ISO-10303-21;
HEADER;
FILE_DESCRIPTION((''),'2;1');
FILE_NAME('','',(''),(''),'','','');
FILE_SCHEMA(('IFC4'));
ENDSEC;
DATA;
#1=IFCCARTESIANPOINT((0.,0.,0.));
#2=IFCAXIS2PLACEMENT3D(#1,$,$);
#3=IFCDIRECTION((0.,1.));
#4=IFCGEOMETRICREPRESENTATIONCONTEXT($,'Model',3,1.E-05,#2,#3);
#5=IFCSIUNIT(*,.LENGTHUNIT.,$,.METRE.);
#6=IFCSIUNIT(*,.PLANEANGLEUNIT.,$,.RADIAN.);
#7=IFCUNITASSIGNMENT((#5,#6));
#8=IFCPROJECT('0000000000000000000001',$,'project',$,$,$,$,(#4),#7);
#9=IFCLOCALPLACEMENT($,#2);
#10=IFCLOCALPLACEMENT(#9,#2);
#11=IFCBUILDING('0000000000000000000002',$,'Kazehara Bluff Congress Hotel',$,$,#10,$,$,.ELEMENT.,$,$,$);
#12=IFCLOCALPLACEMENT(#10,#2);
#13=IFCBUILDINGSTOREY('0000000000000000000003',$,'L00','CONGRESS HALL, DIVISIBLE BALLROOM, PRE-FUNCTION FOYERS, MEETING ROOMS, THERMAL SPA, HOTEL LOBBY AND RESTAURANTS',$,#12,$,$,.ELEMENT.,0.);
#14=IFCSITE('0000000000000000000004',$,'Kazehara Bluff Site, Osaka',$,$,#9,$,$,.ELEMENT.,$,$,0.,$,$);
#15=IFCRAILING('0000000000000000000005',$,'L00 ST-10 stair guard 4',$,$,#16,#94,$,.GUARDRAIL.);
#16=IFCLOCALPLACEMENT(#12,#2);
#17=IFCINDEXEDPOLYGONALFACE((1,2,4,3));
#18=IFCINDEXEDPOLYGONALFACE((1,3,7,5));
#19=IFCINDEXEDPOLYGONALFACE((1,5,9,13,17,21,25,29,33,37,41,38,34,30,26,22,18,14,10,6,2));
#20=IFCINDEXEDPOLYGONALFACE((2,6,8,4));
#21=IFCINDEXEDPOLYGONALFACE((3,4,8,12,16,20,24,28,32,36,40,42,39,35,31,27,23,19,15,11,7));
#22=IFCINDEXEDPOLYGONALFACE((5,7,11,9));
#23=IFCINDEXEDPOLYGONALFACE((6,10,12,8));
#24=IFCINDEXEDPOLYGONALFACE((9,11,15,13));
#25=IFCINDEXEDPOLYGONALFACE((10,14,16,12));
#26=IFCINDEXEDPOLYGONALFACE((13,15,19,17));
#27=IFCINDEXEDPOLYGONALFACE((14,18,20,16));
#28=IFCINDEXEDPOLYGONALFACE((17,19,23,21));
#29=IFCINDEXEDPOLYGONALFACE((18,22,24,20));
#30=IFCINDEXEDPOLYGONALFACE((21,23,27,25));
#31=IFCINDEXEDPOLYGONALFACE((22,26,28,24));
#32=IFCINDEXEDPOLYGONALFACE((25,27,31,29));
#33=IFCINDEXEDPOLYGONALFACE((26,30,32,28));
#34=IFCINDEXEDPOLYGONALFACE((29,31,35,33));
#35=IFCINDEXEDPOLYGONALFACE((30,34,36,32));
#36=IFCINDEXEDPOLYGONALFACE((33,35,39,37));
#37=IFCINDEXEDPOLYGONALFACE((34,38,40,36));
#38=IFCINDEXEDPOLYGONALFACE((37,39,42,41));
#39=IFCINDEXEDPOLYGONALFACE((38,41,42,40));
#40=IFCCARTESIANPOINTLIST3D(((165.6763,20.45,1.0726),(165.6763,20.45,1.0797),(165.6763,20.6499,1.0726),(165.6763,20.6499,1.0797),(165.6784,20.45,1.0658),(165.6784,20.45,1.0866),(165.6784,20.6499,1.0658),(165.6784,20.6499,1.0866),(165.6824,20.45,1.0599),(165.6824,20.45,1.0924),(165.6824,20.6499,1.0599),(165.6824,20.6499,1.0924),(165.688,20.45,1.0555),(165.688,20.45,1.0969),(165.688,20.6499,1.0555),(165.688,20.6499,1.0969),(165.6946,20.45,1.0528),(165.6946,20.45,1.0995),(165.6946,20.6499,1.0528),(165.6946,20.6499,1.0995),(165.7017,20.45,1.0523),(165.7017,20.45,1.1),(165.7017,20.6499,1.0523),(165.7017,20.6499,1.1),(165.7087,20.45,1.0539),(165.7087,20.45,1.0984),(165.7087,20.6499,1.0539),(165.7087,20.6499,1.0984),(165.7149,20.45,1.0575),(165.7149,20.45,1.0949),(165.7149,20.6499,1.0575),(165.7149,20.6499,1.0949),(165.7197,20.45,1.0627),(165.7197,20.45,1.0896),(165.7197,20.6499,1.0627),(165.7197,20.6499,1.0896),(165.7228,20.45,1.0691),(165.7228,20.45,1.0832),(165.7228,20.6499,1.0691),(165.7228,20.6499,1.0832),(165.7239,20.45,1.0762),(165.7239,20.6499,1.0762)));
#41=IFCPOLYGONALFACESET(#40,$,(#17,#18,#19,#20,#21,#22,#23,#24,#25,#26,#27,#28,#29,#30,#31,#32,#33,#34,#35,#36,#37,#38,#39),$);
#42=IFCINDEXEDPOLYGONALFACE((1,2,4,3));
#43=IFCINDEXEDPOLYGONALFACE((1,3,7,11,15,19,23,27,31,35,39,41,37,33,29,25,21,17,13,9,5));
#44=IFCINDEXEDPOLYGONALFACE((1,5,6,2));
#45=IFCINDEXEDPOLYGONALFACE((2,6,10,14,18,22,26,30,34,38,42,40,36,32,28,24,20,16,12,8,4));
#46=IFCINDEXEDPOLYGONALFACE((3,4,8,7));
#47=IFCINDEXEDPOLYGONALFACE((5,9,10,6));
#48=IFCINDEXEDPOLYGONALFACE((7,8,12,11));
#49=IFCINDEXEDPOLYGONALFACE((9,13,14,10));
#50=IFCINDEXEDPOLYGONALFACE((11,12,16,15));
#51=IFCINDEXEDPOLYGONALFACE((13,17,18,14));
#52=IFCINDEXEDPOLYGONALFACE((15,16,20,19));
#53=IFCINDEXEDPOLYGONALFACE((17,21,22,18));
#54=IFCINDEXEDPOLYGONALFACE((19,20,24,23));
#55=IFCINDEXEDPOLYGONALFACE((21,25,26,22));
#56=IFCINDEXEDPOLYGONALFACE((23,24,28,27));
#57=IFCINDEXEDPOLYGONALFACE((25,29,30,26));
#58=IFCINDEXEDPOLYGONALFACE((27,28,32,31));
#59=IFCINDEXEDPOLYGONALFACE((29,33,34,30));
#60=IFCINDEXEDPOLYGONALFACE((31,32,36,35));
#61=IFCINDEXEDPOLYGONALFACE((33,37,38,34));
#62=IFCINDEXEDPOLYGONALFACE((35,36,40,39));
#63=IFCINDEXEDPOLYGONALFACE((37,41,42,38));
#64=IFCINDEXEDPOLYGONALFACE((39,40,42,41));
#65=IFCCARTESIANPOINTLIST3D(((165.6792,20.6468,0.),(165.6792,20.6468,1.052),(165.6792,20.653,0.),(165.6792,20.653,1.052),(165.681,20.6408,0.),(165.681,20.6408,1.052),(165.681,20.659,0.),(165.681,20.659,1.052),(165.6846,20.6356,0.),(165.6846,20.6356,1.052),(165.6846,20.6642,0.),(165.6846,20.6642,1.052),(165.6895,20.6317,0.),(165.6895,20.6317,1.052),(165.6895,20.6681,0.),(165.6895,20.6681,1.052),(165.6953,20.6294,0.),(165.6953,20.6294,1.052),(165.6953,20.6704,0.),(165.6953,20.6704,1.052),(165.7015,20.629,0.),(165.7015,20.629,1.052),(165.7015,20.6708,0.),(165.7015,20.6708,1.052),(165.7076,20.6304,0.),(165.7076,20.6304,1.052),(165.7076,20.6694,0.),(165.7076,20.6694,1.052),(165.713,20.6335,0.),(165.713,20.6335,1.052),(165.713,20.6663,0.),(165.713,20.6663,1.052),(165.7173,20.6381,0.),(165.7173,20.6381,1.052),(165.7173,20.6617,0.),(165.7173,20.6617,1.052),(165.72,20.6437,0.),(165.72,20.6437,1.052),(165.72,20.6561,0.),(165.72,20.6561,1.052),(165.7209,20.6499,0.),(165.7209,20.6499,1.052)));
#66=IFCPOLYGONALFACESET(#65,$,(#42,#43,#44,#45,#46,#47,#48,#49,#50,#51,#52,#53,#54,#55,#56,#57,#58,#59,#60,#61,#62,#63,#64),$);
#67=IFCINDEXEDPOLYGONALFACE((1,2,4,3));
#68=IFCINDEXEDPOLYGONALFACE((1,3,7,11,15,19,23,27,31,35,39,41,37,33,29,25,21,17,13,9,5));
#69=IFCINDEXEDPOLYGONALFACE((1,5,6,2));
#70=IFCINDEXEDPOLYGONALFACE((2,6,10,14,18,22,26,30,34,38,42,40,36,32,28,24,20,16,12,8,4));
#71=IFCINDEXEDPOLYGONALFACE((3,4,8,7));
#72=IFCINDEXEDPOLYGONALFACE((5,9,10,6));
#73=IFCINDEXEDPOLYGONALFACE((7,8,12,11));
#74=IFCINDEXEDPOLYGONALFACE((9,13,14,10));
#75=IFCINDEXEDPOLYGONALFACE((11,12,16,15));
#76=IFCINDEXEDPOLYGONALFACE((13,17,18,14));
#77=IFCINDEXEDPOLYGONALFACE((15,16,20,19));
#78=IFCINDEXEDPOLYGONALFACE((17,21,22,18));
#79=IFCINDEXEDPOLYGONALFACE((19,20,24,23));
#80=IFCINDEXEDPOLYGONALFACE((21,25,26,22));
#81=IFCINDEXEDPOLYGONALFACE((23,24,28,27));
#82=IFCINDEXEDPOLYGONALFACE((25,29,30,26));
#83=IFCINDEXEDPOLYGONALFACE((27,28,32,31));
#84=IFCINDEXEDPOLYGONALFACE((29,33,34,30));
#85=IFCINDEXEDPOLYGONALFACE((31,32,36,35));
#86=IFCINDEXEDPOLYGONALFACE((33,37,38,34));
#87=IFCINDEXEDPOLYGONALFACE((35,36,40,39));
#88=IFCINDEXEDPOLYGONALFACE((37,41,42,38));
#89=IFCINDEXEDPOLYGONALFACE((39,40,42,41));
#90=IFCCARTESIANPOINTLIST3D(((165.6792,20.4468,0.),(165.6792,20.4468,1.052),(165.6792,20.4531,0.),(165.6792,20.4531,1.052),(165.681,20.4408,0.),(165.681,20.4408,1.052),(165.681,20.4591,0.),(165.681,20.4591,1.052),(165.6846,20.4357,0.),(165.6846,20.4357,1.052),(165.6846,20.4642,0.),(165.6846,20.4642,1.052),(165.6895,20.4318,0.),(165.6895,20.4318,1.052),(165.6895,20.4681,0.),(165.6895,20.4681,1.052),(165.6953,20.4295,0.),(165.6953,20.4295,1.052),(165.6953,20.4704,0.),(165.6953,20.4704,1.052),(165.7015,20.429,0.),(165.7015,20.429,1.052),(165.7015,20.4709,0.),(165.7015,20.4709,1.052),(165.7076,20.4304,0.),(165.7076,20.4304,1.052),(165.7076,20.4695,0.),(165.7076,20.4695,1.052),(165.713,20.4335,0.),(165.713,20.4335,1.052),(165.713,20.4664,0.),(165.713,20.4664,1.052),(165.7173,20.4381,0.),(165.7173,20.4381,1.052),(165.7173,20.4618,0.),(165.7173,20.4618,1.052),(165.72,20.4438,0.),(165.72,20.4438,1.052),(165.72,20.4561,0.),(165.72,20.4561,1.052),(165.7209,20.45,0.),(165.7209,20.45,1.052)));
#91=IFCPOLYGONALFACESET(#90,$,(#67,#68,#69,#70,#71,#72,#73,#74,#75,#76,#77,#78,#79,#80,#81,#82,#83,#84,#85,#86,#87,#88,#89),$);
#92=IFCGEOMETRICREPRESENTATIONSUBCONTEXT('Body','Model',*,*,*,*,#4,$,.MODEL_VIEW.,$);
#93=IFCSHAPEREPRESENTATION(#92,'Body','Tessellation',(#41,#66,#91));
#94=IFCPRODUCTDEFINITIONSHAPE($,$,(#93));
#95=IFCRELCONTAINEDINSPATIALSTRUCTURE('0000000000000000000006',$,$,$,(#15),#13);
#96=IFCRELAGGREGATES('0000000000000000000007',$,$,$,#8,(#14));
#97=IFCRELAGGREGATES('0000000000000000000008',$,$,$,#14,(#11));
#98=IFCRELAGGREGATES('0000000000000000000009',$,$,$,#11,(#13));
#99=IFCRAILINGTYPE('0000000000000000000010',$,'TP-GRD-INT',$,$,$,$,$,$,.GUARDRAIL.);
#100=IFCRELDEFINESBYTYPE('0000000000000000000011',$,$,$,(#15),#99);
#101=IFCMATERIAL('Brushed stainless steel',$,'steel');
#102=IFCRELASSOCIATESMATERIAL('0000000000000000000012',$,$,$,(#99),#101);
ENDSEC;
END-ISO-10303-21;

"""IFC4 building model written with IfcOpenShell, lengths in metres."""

from ifc_helpers import new_model, si_unit, direction, frame, origin, origin_2d, place, context, subcontext, project, spatial, circle, extrude, material, type_object, element, save


model = new_model("IFC4")

# Units and contexts
model_context = context("Model", 3, precision=1e-05, world=origin(), true_north=direction((0.0, 1.0)))
body_context = subcontext(model_context, "Body", "Model", "MODEL_VIEW")
ifc_project = project(units=[si_unit("LENGTHUNIT", "METRE"), si_unit("PLANEANGLEUNIT", "RADIAN")], contexts=[model_context])

# Site, building, storey
site_placement = place(None, origin())
site = spatial("IfcSite", under=ifc_project, at=site_placement, Name="Kazehara Bluff Site, Osaka", CompositionType="ELEMENT", RefElevation=0.0)
building_placement = place(site_placement, origin())
building = spatial("IfcBuilding", under=site, at=building_placement, Name="Kazehara Bluff Congress Hotel", CompositionType="ELEMENT")
storey_placement = place(building_placement, origin())
storey = spatial("IfcBuildingStorey", under=building, at=storey_placement, Name="L00", Description="CONGRESS HALL, DIVISIBLE BALLROOM, PRE-FUNCTION FOYERS, MEETING ROOMS, THERMAL SPA, HOTEL LOBBY AND RESTAURANTS", CompositionType="ELEMENT", Elevation=0.0)

# Railing
ifc_material_1 = material(Name="Brushed stainless steel", Category="steel")
railing_type_1 = type_object("IfcRailingType", Name="TP-GRD-INT", PredefinedType="GUARDRAIL", material=ifc_material_1)
railing_1_placement = place(storey_placement, frame((165.7, 20.6499, 0.0)))
element("IfcRailing", 1, at=railing_1_placement, inside=storey, type_object=railing_type_1, Name="L00 ST-10 stair guard 4", PredefinedType="GUARDRAIL", context=body_context, shape_type="SweptSolid", body=[
    extrude(circle(Radius=0.0239, at=origin_2d()), frame((0.0, 0.0, 1.0762), z_axis=(0.0, -1.0, 0.0), x_axis=(1.0, 0.0, 0.0)), (0.0, 0.0, 1.0), 0.2),
    extrude(circle(Radius=0.021, at=origin_2d()), origin(), (0.0, 0.0, 1.0), 1.052),
    extrude(circle(Radius=0.021, at=origin_2d()), frame((0.0, -0.2, 0.0)), (0.0, 0.0, 1.0), 1.052),
])

save(model, "model.ifc")
